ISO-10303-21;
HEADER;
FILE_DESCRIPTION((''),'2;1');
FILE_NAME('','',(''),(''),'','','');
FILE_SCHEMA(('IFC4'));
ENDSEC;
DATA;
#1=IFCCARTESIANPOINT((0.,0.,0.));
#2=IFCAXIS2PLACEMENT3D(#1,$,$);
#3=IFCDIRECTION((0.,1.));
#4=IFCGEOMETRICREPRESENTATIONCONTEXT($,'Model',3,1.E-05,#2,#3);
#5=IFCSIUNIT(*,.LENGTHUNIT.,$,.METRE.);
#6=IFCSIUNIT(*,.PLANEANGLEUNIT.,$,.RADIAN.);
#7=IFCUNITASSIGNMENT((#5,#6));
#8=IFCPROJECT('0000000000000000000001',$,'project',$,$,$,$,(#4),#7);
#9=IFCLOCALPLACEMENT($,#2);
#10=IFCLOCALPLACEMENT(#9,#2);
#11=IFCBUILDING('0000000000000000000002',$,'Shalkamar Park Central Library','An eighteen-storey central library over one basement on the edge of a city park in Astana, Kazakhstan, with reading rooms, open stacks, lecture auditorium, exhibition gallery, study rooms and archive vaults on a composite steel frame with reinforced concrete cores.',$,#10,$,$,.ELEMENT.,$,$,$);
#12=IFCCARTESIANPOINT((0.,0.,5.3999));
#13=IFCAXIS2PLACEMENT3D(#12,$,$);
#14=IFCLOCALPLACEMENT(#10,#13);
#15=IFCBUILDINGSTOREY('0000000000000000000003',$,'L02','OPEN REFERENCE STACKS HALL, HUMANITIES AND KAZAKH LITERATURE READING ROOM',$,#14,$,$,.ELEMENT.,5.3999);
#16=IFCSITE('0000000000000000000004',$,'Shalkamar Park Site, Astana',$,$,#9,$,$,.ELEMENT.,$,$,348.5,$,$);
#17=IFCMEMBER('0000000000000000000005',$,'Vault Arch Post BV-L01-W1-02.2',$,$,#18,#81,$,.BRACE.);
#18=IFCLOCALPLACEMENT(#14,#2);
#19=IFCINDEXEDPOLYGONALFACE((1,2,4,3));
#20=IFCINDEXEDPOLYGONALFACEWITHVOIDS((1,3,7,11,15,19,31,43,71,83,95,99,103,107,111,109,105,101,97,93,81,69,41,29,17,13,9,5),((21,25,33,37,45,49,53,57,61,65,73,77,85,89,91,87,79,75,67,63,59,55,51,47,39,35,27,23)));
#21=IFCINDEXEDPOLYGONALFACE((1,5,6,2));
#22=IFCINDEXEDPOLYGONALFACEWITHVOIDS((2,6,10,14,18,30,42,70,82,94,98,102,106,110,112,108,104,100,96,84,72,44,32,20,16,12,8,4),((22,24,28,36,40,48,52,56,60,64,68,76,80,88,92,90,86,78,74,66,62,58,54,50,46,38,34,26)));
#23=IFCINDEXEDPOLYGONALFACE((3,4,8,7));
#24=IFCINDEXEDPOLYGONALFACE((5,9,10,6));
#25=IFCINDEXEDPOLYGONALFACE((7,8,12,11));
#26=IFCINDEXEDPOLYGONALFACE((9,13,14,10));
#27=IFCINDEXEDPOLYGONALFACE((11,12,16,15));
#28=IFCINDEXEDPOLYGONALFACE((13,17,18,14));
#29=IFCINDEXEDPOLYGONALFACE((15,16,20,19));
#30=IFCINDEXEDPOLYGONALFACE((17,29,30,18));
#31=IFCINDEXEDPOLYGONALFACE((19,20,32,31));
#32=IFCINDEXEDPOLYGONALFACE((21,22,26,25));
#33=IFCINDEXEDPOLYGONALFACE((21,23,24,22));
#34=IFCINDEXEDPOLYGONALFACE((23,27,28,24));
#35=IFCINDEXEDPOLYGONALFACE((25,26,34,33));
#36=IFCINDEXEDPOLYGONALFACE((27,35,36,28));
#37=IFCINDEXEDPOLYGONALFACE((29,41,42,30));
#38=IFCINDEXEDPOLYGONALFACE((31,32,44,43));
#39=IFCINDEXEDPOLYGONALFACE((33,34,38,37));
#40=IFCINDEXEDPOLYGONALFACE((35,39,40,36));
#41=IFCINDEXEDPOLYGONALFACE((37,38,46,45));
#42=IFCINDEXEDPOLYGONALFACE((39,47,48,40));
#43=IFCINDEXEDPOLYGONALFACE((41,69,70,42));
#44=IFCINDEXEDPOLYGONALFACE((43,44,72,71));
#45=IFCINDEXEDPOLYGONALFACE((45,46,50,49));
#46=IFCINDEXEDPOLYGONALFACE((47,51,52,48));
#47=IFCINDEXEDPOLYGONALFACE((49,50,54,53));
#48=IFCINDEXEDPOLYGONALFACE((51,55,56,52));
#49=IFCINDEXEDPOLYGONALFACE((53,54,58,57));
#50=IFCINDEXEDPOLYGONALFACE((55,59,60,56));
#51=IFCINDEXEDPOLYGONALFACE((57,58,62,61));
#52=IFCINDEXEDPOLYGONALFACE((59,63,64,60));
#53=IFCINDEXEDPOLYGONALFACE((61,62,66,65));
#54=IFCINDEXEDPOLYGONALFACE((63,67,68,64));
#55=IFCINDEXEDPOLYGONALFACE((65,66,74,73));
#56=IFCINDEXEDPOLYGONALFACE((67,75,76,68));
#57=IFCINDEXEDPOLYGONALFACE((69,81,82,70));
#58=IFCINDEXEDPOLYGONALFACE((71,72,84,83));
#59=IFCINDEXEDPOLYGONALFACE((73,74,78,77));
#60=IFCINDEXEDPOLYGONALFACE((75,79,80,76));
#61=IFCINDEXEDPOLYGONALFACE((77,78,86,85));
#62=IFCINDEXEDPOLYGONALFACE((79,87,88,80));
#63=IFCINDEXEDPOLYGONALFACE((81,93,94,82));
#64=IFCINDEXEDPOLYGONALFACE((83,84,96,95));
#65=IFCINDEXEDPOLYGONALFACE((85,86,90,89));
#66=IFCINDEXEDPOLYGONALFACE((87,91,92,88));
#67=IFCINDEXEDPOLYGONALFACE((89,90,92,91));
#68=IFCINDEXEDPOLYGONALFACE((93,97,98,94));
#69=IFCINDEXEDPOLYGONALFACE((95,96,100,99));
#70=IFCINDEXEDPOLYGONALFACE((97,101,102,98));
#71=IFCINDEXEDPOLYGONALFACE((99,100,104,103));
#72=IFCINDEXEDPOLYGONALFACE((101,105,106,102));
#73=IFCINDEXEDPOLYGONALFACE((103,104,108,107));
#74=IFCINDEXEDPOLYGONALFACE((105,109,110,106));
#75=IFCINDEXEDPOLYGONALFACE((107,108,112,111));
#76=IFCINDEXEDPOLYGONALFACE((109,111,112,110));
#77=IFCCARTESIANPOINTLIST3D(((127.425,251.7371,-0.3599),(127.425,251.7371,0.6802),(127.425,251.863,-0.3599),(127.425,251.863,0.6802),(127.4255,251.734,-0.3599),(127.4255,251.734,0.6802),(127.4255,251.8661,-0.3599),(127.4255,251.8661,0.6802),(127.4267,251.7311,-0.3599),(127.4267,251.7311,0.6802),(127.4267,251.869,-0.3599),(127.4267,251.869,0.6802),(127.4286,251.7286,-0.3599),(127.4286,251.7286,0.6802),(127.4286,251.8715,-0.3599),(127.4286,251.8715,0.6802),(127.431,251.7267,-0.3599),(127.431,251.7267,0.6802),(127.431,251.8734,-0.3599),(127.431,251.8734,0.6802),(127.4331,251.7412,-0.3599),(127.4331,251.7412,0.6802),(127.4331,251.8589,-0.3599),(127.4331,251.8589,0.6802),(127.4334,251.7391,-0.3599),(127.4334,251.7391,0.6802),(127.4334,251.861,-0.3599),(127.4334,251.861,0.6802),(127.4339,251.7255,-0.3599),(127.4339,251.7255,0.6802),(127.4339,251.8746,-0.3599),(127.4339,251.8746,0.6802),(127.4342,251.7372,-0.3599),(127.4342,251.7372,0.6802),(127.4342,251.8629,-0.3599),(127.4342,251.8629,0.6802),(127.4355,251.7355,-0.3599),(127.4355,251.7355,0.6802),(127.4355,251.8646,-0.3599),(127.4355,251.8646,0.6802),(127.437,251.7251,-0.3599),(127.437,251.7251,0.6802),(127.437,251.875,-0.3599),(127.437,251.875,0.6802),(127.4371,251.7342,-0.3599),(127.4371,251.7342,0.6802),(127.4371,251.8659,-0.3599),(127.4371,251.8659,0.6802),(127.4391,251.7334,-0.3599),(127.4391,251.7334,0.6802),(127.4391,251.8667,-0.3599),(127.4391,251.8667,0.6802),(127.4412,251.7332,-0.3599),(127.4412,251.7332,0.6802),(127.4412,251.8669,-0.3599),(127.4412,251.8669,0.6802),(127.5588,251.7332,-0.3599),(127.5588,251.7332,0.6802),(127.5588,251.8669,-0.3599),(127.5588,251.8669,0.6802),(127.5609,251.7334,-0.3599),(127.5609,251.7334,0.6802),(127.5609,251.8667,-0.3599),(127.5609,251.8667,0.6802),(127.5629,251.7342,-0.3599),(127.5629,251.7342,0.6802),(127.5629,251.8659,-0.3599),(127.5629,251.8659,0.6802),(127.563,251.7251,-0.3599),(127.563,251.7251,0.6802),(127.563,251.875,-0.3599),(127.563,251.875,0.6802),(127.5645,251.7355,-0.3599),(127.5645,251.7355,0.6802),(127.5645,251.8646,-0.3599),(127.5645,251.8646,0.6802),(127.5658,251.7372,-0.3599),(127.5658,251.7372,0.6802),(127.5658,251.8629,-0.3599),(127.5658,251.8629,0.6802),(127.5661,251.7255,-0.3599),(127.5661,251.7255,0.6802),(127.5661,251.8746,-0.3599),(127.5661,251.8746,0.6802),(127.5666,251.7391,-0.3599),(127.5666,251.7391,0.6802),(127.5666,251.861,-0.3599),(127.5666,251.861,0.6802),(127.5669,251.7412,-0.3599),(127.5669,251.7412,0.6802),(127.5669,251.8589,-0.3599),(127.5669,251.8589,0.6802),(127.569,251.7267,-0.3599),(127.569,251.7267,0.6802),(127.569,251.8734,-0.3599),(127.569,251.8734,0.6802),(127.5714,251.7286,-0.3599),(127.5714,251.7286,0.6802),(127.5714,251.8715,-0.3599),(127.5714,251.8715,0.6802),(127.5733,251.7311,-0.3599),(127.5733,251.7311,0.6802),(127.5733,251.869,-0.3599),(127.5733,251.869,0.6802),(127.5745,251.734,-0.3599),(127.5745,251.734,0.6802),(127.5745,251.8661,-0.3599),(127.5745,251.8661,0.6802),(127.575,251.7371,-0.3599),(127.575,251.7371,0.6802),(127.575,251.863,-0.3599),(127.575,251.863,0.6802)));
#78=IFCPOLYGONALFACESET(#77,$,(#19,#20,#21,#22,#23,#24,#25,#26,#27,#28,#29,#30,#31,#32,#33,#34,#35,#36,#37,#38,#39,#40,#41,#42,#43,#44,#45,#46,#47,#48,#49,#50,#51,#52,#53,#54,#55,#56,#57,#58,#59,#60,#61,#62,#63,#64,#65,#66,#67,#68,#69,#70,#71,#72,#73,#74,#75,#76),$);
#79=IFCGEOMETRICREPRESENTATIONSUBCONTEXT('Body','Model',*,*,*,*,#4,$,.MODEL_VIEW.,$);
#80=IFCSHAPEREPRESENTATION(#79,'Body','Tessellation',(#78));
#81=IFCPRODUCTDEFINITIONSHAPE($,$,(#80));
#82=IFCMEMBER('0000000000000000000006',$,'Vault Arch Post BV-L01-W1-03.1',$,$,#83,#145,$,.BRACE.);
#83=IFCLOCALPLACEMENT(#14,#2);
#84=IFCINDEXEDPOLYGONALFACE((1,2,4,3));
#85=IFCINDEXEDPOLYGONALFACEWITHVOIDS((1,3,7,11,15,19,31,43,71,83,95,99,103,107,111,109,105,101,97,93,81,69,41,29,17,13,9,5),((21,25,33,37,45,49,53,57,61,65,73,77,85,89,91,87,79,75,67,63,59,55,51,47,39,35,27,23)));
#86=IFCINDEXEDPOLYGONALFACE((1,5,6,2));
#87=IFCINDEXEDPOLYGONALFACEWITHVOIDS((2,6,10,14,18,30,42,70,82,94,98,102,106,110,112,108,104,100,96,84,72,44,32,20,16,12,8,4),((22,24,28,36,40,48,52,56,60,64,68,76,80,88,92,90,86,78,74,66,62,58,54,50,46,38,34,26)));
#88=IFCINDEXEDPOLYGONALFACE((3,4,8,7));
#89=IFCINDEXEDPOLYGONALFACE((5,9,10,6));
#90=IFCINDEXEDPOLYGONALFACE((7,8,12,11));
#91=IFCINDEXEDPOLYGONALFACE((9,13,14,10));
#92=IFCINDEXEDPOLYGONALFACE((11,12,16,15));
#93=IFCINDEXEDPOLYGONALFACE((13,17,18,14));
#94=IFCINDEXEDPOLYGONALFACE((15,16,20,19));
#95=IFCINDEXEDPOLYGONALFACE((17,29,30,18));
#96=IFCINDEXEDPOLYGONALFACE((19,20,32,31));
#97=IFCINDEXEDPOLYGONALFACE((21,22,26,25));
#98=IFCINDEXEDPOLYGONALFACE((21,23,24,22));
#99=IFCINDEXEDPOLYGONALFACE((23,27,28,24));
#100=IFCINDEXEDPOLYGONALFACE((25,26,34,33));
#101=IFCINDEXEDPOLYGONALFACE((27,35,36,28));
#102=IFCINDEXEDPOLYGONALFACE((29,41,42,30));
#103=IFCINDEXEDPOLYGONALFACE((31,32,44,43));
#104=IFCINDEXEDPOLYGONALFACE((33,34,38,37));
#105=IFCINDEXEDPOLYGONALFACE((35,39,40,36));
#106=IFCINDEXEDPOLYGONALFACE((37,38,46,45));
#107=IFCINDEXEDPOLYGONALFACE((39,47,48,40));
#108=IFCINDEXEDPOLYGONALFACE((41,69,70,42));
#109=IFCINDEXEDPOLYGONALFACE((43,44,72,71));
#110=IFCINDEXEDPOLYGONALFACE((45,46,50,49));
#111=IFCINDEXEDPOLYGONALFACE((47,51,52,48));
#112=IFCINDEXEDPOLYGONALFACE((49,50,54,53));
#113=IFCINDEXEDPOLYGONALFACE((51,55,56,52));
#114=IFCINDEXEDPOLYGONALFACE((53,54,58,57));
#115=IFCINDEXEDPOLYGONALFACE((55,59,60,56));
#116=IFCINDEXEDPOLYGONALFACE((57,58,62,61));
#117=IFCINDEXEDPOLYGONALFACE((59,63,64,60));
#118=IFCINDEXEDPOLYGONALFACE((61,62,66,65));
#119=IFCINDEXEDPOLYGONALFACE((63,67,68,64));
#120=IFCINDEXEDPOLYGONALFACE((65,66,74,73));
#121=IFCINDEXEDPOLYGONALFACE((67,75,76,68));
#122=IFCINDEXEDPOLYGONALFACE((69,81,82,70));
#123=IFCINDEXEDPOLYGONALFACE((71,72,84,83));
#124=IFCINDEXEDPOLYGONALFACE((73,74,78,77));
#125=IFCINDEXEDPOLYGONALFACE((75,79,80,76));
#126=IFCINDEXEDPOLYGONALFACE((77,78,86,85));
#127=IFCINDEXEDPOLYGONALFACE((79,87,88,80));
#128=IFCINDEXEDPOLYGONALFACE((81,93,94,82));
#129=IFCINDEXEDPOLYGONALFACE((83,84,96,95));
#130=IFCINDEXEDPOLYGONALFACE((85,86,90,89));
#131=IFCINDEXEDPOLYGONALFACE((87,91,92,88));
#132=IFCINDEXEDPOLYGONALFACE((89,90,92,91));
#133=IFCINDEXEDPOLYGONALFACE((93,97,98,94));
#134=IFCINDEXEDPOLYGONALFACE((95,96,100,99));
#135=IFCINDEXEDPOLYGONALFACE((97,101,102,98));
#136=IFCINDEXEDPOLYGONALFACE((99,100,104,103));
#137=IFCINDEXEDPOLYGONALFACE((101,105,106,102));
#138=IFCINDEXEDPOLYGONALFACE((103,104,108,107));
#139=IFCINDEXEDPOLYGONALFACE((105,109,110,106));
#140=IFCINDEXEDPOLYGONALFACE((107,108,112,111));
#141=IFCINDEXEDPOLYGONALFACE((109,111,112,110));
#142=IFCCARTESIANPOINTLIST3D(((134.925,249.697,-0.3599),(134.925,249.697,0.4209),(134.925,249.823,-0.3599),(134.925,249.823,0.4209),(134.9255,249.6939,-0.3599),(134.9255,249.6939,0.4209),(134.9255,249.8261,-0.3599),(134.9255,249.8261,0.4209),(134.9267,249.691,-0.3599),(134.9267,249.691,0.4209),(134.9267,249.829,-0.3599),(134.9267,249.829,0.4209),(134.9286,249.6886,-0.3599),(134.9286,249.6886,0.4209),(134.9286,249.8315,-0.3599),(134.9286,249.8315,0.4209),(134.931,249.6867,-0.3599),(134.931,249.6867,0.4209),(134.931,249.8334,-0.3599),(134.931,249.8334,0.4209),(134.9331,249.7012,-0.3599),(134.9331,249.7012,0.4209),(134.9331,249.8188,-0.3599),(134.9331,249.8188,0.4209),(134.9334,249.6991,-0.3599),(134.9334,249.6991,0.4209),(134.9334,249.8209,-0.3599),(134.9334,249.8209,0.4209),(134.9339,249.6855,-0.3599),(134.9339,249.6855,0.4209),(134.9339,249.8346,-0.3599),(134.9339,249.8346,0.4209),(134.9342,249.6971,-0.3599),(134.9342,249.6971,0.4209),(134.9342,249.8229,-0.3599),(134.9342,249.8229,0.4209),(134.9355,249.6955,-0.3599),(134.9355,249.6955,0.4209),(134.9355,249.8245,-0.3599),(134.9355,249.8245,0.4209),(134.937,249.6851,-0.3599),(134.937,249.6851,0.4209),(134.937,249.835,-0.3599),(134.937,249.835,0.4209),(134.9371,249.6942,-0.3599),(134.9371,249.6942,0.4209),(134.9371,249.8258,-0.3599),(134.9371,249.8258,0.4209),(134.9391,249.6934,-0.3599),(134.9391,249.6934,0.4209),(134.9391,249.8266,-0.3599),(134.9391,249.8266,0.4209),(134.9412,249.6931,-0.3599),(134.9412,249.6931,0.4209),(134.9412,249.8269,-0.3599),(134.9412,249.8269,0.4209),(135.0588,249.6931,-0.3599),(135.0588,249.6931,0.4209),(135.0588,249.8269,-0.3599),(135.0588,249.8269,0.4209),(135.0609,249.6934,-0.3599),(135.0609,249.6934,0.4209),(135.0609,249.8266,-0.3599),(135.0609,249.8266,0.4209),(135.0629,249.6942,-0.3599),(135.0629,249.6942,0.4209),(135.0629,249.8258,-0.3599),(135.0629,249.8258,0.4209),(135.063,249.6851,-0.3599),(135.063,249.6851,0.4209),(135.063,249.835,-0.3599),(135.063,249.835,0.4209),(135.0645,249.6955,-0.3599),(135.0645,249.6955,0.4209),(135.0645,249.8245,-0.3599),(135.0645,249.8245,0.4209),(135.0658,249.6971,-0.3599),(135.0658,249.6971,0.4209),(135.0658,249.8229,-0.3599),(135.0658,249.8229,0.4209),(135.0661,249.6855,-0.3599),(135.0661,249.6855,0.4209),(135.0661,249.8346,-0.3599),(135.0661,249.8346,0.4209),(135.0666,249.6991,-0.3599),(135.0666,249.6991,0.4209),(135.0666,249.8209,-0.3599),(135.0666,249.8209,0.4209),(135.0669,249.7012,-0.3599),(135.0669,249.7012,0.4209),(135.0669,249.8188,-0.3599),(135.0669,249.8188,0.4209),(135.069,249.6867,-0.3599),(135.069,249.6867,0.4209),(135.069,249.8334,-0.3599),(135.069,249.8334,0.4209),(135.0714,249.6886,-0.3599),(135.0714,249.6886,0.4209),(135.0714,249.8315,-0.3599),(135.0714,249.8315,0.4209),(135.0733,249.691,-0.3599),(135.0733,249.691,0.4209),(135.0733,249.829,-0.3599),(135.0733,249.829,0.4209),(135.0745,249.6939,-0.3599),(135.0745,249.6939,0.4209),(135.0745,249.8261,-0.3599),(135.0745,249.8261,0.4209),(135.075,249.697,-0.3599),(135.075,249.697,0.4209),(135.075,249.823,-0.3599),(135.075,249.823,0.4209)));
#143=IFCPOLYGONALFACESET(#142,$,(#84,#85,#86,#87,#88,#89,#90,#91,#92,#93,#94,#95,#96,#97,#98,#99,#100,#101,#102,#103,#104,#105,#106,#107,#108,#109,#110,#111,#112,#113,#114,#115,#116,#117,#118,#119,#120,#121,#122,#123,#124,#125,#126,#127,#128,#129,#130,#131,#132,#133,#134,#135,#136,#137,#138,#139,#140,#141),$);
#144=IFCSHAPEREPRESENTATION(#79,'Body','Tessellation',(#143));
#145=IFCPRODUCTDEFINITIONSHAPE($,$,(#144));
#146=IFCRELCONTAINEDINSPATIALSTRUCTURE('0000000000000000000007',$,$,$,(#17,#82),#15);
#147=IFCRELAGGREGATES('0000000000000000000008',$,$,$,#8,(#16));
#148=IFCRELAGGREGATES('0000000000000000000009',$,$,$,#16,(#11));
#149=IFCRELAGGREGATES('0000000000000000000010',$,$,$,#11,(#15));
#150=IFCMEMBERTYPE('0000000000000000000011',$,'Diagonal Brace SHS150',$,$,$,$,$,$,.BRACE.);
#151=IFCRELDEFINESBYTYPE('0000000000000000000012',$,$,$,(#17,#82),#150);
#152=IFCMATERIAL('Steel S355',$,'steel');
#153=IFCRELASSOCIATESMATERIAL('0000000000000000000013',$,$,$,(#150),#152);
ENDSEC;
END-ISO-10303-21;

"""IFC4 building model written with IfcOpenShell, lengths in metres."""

from ifc_helpers import new_model, si_unit, direction, frame, origin, origin_2d, place, context, subcontext, project, spatial, hollow_rectangle, extrude, material, material_profile, profile_set, type_object, element, save


model = new_model("IFC4")

# Units and contexts
model_context = context("Model", 3, precision=1e-05, world=origin(), true_north=direction((0.0, 1.0)))
body_context = subcontext(model_context, "Body", "Model", "MODEL_VIEW")
ifc_project = project(units=[si_unit("LENGTHUNIT", "METRE"), si_unit("PLANEANGLEUNIT", "RADIAN")], contexts=[model_context])

# Site, building, storey
site_placement = place(None, origin())
site = spatial("IfcSite", under=ifc_project, at=site_placement, Name="Shalkamar Park Site, Astana", CompositionType="ELEMENT", RefElevation=348.5)
building_placement = place(site_placement, origin())
building = spatial("IfcBuilding", under=site, at=building_placement, Name="Shalkamar Park Central Library", Description="An eighteen-storey central library over one basement on the edge of a city park in Astana, Kazakhstan, with reading rooms, open stacks, lecture auditorium, exhibition gallery, study rooms and archive vaults on a composite steel frame with reinforced concrete cores.", CompositionType="ELEMENT")
storey_placement = place(building_placement, frame((0.0, 0.0, 5.3999)))
storey = spatial("IfcBuildingStorey", under=building, at=storey_placement, Name="L02", Description="OPEN REFERENCE STACKS HALL, HUMANITIES AND KAZAKH LITERATURE READING ROOM", CompositionType="ELEMENT", Elevation=5.3999)

# Shared definitions
ifc_material_1 = material(Name="Steel S355", Category="steel")

# Members
ifc_material_profile_1 = material_profile(ifc_material_1, hollow_rectangle(XDim=0.1499, YDim=0.1499, WallThickness=0.0081, InnerFilletRadius=0.0081, OuterFilletRadius=0.012, at=origin_2d()), Name="SHS 150x150x8")
ifc_profile_set_1 = profile_set([ifc_material_profile_1], Name="Steel S355")
member_type_1 = type_object("IfcMemberType", Name="Diagonal Brace SHS150", PredefinedType="BRACE", material=ifc_profile_set_1)
member_1_placement = place(storey_placement, frame((127.5, 251.8, -0.3599), z_axis=(0.0, 0.0, 1.0), x_axis=(1.0, 0.0, 0.0)))
element("IfcMember", 1, at=member_1_placement, inside=storey, type_object=member_type_1, Name="Vault Arch Post BV-L01-W1-02.2", PredefinedType="BRACE", context=body_context, shape_type="SweptSolid", body=[
    extrude(hollow_rectangle(XDim=0.1499, YDim=0.1499, WallThickness=0.0081, InnerFilletRadius=0.0081, OuterFilletRadius=0.012, at=origin_2d()), origin(), (0.0, 0.0, 1.0), 1.04),
])
member_2_placement = place(storey_placement, frame((135.0, 249.76, -0.3599), z_axis=(0.0, 0.0, 1.0), x_axis=(1.0, 0.0, 0.0)))
element("IfcMember", 2, at=member_2_placement, inside=storey, type_object=member_type_1, Name="Vault Arch Post BV-L01-W1-03.1", PredefinedType="BRACE", context=body_context, shape_type="SweptSolid", body=[
    extrude(hollow_rectangle(XDim=0.1499, YDim=0.1499, WallThickness=0.0081, InnerFilletRadius=0.0081, OuterFilletRadius=0.012, at=origin_2d()), origin(), (0.0, 0.0, 1.0), 0.7808),
])

save(model, "model.ifc")
